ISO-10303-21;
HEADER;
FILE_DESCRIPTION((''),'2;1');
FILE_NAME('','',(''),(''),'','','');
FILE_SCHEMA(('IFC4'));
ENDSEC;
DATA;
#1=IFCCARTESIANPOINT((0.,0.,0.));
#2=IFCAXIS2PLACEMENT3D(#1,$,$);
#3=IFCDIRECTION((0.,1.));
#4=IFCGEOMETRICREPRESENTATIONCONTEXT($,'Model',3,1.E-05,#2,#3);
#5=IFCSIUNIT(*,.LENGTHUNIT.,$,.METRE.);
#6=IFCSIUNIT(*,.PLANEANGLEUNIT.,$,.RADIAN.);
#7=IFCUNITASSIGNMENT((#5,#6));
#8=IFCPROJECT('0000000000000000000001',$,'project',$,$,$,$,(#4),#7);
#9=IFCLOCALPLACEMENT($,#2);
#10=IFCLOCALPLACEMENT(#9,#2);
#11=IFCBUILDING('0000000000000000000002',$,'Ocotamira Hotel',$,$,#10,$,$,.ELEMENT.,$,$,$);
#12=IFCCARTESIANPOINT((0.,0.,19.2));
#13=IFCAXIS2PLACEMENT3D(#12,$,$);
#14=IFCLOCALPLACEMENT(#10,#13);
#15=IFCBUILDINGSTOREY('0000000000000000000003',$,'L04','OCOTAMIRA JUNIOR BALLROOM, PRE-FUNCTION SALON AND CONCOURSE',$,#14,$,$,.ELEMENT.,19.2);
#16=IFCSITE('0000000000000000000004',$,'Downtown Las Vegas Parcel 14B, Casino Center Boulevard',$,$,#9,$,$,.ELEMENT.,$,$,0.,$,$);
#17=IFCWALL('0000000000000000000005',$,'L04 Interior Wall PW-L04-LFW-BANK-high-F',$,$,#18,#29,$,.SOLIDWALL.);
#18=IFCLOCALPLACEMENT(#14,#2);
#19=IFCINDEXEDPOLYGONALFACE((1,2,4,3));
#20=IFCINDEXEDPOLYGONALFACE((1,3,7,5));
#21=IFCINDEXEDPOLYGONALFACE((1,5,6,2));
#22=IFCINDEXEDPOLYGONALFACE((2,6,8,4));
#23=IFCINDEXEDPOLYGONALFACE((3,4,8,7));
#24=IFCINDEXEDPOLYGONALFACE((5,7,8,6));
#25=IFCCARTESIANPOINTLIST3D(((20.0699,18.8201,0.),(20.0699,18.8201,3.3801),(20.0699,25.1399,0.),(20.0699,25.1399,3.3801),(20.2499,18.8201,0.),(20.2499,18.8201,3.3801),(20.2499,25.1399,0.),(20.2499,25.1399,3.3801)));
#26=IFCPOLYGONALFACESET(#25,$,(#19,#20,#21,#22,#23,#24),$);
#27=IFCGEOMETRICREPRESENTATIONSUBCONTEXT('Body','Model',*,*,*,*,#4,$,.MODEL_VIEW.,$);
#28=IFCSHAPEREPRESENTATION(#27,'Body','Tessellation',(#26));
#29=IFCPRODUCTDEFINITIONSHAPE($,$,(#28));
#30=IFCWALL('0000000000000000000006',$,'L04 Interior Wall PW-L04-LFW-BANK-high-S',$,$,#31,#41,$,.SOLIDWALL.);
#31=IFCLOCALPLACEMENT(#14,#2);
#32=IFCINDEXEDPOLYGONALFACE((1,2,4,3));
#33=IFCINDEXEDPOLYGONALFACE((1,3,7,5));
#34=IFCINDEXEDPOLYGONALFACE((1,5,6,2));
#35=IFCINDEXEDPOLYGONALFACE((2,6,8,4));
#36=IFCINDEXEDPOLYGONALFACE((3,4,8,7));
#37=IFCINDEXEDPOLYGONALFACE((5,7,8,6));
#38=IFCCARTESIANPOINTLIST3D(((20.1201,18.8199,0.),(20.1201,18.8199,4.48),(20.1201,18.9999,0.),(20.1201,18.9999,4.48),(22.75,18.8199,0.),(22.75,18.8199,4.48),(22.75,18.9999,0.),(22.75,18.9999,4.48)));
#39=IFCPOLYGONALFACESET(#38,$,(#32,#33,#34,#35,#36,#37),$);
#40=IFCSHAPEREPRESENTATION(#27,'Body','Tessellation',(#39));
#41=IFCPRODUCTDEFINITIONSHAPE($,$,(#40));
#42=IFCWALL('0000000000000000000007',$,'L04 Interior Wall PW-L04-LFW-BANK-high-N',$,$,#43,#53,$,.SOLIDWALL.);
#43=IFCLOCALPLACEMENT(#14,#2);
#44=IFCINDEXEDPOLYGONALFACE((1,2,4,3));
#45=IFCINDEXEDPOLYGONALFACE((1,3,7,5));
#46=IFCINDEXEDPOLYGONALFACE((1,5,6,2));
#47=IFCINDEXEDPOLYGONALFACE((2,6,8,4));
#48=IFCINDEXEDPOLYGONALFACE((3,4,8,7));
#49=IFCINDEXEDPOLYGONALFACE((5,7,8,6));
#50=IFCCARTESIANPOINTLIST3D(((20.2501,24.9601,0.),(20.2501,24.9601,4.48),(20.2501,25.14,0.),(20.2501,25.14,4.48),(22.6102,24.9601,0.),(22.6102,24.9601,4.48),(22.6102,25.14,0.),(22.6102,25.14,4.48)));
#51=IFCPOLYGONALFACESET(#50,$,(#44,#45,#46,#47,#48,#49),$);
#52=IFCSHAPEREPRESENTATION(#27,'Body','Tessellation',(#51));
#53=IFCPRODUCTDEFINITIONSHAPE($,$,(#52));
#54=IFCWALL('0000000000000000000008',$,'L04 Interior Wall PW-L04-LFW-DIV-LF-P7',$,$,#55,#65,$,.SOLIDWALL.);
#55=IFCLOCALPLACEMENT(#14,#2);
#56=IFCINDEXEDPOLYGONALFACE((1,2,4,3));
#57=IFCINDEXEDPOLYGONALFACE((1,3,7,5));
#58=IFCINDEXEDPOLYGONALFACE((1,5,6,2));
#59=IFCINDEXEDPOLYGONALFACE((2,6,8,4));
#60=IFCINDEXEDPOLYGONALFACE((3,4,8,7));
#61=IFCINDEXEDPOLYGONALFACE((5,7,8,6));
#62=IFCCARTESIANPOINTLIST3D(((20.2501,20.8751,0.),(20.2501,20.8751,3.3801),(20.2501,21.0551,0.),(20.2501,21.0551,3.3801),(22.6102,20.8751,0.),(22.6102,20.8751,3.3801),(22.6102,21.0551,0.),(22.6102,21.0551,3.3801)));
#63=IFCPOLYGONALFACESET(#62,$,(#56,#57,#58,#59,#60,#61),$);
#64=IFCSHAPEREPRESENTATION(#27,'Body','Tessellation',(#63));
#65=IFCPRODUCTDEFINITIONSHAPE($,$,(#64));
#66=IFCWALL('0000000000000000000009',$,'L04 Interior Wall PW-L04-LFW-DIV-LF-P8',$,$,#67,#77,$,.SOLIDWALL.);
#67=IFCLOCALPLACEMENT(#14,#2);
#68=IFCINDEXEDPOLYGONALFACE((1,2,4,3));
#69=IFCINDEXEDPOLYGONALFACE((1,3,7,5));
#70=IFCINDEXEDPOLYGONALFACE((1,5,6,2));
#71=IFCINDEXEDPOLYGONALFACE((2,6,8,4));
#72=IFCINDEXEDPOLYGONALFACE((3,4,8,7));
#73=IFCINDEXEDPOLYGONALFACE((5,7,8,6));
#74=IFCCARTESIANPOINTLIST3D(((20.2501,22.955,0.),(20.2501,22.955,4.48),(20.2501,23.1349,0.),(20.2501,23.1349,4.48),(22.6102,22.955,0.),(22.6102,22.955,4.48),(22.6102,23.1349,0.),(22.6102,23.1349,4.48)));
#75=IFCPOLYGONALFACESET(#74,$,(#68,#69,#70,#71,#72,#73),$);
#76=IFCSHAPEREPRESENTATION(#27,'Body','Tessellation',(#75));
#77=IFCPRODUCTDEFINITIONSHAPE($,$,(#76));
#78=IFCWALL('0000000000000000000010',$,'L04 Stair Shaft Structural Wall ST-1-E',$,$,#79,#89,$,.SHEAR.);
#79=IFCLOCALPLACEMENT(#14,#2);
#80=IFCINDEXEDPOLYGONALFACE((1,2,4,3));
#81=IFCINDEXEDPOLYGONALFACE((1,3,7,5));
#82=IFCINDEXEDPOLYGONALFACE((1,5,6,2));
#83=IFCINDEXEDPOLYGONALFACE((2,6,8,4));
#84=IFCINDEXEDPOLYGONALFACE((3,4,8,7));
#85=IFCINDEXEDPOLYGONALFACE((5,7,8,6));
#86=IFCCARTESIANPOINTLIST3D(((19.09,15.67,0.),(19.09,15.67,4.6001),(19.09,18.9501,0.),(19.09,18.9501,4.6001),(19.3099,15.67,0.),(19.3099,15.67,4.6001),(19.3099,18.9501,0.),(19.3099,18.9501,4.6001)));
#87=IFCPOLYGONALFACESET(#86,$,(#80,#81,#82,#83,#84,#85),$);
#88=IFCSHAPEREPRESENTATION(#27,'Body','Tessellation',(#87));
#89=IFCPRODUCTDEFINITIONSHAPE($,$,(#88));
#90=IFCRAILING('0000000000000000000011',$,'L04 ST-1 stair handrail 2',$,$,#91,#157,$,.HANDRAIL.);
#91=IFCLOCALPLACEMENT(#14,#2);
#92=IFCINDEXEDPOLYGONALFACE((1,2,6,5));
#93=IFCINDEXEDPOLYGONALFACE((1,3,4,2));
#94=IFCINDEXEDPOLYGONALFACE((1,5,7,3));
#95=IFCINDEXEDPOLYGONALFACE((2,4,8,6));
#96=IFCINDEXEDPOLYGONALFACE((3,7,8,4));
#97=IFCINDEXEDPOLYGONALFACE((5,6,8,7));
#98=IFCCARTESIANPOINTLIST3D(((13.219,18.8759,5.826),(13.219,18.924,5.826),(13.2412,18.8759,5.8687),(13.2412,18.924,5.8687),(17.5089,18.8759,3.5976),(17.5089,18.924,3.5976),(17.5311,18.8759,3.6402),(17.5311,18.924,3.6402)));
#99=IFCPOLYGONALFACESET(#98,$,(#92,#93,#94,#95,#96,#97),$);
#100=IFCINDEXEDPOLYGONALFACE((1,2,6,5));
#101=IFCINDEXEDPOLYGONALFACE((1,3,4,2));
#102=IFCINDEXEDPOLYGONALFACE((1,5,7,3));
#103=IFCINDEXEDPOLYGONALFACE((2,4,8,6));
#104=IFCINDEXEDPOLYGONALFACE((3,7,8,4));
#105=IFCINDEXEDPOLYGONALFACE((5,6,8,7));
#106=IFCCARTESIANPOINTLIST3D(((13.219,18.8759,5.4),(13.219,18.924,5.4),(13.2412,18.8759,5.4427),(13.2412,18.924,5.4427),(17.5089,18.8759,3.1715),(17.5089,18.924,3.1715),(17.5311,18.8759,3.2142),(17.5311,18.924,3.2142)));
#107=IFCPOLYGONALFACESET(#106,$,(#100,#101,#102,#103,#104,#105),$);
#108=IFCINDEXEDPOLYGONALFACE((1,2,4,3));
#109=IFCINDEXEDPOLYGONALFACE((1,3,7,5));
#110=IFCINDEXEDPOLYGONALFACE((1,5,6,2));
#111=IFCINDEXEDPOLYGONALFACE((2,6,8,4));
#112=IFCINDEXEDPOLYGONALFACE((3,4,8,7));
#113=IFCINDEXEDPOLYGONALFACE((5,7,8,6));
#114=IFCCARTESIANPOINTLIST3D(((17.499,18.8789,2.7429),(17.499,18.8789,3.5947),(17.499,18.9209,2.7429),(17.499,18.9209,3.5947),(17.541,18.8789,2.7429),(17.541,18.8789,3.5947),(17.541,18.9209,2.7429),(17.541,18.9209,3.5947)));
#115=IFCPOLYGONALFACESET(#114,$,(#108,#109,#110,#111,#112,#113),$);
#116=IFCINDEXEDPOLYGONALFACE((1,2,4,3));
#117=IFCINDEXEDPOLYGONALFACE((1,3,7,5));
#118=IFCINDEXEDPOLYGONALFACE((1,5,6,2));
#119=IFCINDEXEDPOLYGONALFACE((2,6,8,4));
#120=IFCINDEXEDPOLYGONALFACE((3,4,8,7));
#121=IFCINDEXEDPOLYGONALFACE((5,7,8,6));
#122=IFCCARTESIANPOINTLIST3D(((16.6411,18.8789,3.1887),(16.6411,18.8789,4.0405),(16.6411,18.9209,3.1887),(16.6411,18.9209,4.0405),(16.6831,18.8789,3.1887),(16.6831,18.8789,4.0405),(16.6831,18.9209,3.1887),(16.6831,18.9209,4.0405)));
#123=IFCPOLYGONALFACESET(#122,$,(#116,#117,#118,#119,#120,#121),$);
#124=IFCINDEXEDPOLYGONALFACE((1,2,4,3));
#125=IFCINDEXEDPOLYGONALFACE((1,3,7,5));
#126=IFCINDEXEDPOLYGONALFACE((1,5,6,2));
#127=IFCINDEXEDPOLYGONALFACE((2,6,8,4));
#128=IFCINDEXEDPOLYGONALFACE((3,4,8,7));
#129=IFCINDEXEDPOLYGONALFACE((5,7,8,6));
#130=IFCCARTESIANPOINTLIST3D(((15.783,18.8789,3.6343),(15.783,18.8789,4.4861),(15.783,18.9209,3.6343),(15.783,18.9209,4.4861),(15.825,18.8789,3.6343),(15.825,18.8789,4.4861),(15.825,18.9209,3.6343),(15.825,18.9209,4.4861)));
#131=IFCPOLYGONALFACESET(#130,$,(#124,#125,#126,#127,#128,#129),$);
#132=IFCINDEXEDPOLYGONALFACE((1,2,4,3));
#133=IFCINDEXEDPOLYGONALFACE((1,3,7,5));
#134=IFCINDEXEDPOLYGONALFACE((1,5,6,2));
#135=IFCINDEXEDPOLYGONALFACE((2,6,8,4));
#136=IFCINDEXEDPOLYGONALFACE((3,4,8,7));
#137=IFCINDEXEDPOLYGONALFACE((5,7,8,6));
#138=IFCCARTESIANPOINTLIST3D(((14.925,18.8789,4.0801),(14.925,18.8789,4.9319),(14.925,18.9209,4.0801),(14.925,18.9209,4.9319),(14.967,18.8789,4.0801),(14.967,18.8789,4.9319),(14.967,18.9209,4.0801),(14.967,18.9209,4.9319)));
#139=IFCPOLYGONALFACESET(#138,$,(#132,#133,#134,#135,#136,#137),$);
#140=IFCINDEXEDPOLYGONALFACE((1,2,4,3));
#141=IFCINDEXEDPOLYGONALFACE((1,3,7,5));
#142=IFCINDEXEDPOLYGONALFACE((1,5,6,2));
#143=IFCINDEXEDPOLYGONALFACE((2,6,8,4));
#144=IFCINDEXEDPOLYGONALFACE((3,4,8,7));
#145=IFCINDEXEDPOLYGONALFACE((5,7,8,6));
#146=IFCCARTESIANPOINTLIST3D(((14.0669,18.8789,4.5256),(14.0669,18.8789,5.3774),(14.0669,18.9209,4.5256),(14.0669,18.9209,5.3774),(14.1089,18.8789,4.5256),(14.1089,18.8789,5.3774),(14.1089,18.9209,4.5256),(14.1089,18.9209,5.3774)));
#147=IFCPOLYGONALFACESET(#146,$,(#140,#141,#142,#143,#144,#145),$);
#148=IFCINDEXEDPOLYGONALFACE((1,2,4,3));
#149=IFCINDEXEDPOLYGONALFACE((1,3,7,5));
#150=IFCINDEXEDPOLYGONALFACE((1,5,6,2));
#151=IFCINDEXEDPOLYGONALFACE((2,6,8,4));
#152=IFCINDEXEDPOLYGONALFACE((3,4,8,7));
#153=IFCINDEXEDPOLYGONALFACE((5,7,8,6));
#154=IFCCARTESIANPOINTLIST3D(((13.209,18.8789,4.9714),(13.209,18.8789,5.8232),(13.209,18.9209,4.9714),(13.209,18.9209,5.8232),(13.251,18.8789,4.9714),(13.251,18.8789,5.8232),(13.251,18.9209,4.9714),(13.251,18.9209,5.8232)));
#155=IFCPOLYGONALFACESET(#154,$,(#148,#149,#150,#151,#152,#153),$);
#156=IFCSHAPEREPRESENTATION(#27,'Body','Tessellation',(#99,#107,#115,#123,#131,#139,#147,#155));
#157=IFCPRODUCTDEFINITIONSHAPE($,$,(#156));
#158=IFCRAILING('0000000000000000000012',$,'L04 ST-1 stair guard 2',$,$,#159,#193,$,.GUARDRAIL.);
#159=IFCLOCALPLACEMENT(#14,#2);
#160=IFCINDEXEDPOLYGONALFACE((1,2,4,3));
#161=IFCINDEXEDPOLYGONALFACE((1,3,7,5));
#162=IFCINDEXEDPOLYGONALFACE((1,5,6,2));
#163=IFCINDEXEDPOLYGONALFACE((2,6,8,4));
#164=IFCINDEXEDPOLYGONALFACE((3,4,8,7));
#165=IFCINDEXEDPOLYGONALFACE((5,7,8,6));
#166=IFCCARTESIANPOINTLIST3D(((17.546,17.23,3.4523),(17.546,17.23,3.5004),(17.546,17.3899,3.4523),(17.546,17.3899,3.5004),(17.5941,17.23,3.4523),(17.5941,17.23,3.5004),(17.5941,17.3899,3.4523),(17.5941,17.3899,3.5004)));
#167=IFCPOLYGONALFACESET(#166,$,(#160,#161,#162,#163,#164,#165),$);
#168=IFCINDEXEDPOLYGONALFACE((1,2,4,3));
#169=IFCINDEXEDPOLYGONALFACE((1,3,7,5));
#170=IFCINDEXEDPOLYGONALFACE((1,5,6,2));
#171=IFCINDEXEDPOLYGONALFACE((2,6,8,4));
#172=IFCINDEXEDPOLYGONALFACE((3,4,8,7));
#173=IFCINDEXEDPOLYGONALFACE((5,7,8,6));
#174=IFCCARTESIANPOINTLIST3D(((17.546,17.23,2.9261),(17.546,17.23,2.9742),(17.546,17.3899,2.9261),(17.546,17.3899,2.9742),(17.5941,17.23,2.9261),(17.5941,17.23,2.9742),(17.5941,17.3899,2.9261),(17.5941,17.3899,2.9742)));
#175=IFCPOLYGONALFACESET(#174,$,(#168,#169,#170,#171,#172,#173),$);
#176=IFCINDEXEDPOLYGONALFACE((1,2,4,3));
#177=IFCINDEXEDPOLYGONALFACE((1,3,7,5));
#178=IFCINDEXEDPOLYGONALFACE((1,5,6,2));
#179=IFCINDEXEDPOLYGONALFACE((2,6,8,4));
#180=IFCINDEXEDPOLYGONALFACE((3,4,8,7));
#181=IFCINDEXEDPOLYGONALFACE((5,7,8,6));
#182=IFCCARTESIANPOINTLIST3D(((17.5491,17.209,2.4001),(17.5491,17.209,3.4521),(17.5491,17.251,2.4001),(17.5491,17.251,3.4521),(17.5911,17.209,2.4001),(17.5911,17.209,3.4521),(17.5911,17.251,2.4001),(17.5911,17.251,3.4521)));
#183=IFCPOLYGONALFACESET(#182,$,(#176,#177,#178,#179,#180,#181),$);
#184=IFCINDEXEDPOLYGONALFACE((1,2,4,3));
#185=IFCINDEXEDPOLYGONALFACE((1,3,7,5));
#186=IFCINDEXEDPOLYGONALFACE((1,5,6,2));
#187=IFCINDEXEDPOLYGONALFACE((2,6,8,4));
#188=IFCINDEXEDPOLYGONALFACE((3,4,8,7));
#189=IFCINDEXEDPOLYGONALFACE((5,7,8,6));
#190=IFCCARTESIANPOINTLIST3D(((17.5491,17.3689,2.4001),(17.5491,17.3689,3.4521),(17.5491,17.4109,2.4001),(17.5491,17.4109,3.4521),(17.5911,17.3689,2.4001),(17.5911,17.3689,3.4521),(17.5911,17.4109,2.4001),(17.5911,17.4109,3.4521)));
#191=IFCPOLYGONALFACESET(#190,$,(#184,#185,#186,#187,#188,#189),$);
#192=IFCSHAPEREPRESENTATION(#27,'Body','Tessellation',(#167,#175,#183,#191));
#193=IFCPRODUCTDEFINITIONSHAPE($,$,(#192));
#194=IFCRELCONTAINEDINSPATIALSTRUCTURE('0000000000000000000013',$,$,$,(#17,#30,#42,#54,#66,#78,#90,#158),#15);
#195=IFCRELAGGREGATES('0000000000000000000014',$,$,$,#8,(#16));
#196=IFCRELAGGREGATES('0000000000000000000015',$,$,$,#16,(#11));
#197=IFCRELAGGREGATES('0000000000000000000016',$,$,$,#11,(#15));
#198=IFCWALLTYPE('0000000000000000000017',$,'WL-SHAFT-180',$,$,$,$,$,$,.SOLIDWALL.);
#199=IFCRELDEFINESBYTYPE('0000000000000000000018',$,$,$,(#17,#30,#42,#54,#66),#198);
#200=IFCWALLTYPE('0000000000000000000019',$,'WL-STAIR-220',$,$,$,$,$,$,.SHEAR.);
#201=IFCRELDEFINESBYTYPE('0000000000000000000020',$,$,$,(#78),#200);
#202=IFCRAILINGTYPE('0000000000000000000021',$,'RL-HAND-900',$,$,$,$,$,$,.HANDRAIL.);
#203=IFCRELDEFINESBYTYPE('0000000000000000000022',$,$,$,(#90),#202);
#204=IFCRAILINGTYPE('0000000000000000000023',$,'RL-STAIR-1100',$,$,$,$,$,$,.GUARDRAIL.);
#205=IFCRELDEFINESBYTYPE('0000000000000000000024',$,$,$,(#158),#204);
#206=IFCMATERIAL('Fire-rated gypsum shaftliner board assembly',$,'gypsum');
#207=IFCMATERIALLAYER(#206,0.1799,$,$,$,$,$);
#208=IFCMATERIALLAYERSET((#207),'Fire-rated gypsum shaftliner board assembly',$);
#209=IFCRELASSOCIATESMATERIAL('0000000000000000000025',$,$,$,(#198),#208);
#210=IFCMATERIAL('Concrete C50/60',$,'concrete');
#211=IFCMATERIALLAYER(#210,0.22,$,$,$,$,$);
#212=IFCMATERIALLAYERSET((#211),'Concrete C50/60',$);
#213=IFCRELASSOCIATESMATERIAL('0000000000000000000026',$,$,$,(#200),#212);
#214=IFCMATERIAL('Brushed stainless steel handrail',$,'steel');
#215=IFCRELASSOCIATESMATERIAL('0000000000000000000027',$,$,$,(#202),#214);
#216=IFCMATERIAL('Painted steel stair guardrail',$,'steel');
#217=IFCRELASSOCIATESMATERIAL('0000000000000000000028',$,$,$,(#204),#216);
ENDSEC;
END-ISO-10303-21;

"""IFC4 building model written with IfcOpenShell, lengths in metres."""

from ifc_helpers import new_model, si_unit, direction, frame, frame_2d, origin, origin_2d, place, context, subcontext, project, spatial, rectangle, extrude, material, layer, layer_set, type_object, element, save


model = new_model("IFC4")

# Units and contexts
model_context = context("Model", 3, precision=1e-05, world=origin(), true_north=direction((0.0, 1.0)))
body_context = subcontext(model_context, "Body", "Model", "MODEL_VIEW")
ifc_project = project(units=[si_unit("LENGTHUNIT", "METRE"), si_unit("PLANEANGLEUNIT", "RADIAN")], contexts=[model_context])

# Site, building, storey
site_placement = place(None, origin())
site = spatial("IfcSite", under=ifc_project, at=site_placement, Name="Downtown Las Vegas Parcel 14B, Casino Center Boulevard", CompositionType="ELEMENT", RefElevation=0.0)
building_placement = place(site_placement, origin())
building = spatial("IfcBuilding", under=site, at=building_placement, Name="Ocotamira Hotel", CompositionType="ELEMENT")
storey_placement = place(building_placement, frame((0.0, 0.0, 19.2)))
storey = spatial("IfcBuildingStorey", under=building, at=storey_placement, Name="L04", Description="OCOTAMIRA JUNIOR BALLROOM, PRE-FUNCTION SALON AND CONCOURSE", CompositionType="ELEMENT", Elevation=19.2)

# Walls
ifc_material_1 = material(Name="Fire-rated gypsum shaftliner board assembly", Category="gypsum")
ifc_layer_1 = layer(ifc_material_1, 0.1799)
ifc_layer_set_1 = layer_set([ifc_layer_1], Name="Fire-rated gypsum shaftliner board assembly")
wall_type_1 = type_object("IfcWallType", Name="WL-SHAFT-180", PredefinedType="SOLIDWALL", material=ifc_layer_set_1)
wall_1_placement = place(storey_placement, frame((20.1599, 18.8201, 0.0), z_axis=(0.0, 0.0, 1.0), x_axis=(0.0, 1.0, 0.0)))
element("IfcWall", 1, at=wall_1_placement, inside=storey, type_object=wall_type_1, Name="L04 Interior Wall PW-L04-LFW-BANK-high-F", PredefinedType="SOLIDWALL", context=body_context, shape_type="SweptSolid", body=[
    extrude(rectangle(XDim=6.3198, YDim=0.1799, at=frame_2d((3.1599, 0.0))), origin(), (0.0, 0.0, 1.0), 3.3801),
])
wall_2_placement = place(storey_placement, frame((20.1201, 18.9099, 0.0), z_axis=(0.0, 0.0, 1.0), x_axis=(1.0, 0.0, 0.0)))
element("IfcWall", 2, at=wall_2_placement, inside=storey, type_object=wall_type_1, Name="L04 Interior Wall PW-L04-LFW-BANK-high-S", PredefinedType="SOLIDWALL", context=body_context, shape_type="SweptSolid", body=[
    extrude(rectangle(XDim=2.6299, YDim=0.1799, at=frame_2d((1.3149, 0.0))), origin(), (0.0, 0.0, 1.0), 4.48),
])
wall_3_placement = place(storey_placement, frame((20.25, 25.05, 0.0), z_axis=(0.0, 0.0, 1.0), x_axis=(1.0, 0.0, 0.0)))
element("IfcWall", 3, at=wall_3_placement, inside=storey, type_object=wall_type_1, Name="L04 Interior Wall PW-L04-LFW-BANK-high-N", PredefinedType="SOLIDWALL", context=body_context, shape_type="SweptSolid", body=[
    extrude(rectangle(XDim=2.3601, YDim=0.1799, at=frame_2d((1.1802, 0.0))), origin(), (0.0, 0.0, 1.0), 4.48),
])
wall_4_placement = place(storey_placement, frame((20.25, 20.9651, 0.0), z_axis=(0.0, 0.0, 1.0), x_axis=(1.0, 0.0, 0.0)))
element("IfcWall", 4, at=wall_4_placement, inside=storey, type_object=wall_type_1, Name="L04 Interior Wall PW-L04-LFW-DIV-LF-P7", PredefinedType="SOLIDWALL", context=body_context, shape_type="SweptSolid", body=[
    extrude(rectangle(XDim=2.3601, YDim=0.1799, at=frame_2d((1.1802, 0.0))), origin(), (0.0, 0.0, 1.0), 3.3801),
])
wall_5_placement = place(storey_placement, frame((20.25, 23.0449, 0.0), z_axis=(0.0, 0.0, 1.0), x_axis=(1.0, 0.0, 0.0)))
element("IfcWall", 5, at=wall_5_placement, inside=storey, type_object=wall_type_1, Name="L04 Interior Wall PW-L04-LFW-DIV-LF-P8", PredefinedType="SOLIDWALL", context=body_context, shape_type="SweptSolid", body=[
    extrude(rectangle(XDim=2.3601, YDim=0.1799, at=frame_2d((1.1802, 0.0))), origin(), (0.0, 0.0, 1.0), 4.48),
])
ifc_material_2 = material(Name="Concrete C50/60", Category="concrete")
ifc_layer_2 = layer(ifc_material_2, 0.22)
ifc_layer_set_2 = layer_set([ifc_layer_2], Name="Concrete C50/60")
wall_type_2 = type_object("IfcWallType", Name="WL-STAIR-220", PredefinedType="SHEAR", material=ifc_layer_set_2)
wall_6_placement = place(storey_placement, frame((19.2, 15.6699, 0.0), z_axis=(0.0, 0.0, 1.0), x_axis=(0.0, 1.0, 0.0)))
element("IfcWall", 6, at=wall_6_placement, inside=storey, type_object=wall_type_2, Name="L04 Stair Shaft Structural Wall ST-1-E", PredefinedType="SHEAR", context=body_context, shape_type="SweptSolid", body=[
    extrude(rectangle(XDim=3.28, YDim=0.22, at=frame_2d((1.6401, 0.0))), origin(), (0.0, 0.0, 1.0), 4.6001),
])

# Railings
ifc_material_3 = material(Name="Brushed stainless steel handrail", Category="steel")
railing_type_1 = type_object("IfcRailingType", Name="RL-HAND-900", PredefinedType="HANDRAIL", material=ifc_material_3)
railing_1_placement = place(storey_placement, frame((17.52, 18.8999, 2.7429)))
element("IfcRailing", 7, at=railing_1_placement, inside=storey, type_object=railing_type_1, Name="L04 ST-1 stair handrail 2", PredefinedType="HANDRAIL", context=body_context, shape_type="SweptSolid", body=[
    extrude(rectangle(XDim=0.0481, YDim=0.0481, at=origin_2d()), frame((0.0, 0.0, 0.876), z_axis=(-0.887412, 0.0, 0.460977), x_axis=(0.0, -1.0, 0.0)), (0.0, 0.0, 1.0), 4.8342),
    extrude(rectangle(XDim=0.0481, YDim=0.0481, at=origin_2d()), frame((0.0, 0.0, 0.45), z_axis=(-0.887412, 0.0, 0.460977), x_axis=(0.0, -1.0, 0.0)), (0.0, 0.0, 1.0), 4.8342),
    extrude(rectangle(XDim=0.042, YDim=0.042, at=origin_2d()), origin(), (0.0, 0.0, 1.0), 0.8518),
    extrude(rectangle(XDim=0.042, YDim=0.042, at=origin_2d()), frame((-0.8579, 0.0, 0.4458)), (0.0, 0.0, 1.0), 0.8518),
    extrude(rectangle(XDim=0.042, YDim=0.042, at=origin_2d()), frame((-1.7161, 0.0, 0.8914)), (0.0, 0.0, 1.0), 0.8518),
    extrude(rectangle(XDim=0.042, YDim=0.042, at=origin_2d()), frame((-2.574, 0.0, 1.3372)), (0.0, 0.0, 1.0), 0.8518),
    extrude(rectangle(XDim=0.042, YDim=0.042, at=origin_2d()), frame((-3.4321, 0.0, 1.7827)), (0.0, 0.0, 1.0), 0.8518),
    extrude(rectangle(XDim=0.042, YDim=0.042, at=origin_2d()), frame((-4.29, 0.0, 2.2285)), (0.0, 0.0, 1.0), 0.8518),
])
ifc_material_4 = material(Name="Painted steel stair guardrail", Category="steel")
railing_type_2 = type_object("IfcRailingType", Name="RL-STAIR-1100", PredefinedType="GUARDRAIL", material=ifc_material_4)
railing_2_placement = place(storey_placement, frame((17.5701, 17.23, 2.4001)))
element("IfcRailing", 8, at=railing_2_placement, inside=storey, type_object=railing_type_2, Name="L04 ST-1 stair guard 2", PredefinedType="GUARDRAIL", context=body_context, shape_type="SweptSolid", body=[
    extrude(rectangle(XDim=0.0481, YDim=0.0481, at=origin_2d()), frame((0.0, 0.0, 1.0762), z_axis=(0.0, 1.0, 0.0), x_axis=(-1.0, 0.0, 0.0)), (0.0, 0.0, 1.0), 0.1599),
    extrude(rectangle(XDim=0.0481, YDim=0.0481, at=origin_2d()), frame((0.0, 0.0, 0.55), z_axis=(0.0, 1.0, 0.0), x_axis=(-1.0, 0.0, 0.0)), (0.0, 0.0, 1.0), 0.1599),
    extrude(rectangle(XDim=0.042, YDim=0.042, at=origin_2d()), origin(), (0.0, 0.0, 1.0), 1.052),
    extrude(rectangle(XDim=0.042, YDim=0.042, at=origin_2d()), frame((0.0, 0.1599, 0.0)), (0.0, 0.0, 1.0), 1.052),
])

save(model, "model.ifc")
